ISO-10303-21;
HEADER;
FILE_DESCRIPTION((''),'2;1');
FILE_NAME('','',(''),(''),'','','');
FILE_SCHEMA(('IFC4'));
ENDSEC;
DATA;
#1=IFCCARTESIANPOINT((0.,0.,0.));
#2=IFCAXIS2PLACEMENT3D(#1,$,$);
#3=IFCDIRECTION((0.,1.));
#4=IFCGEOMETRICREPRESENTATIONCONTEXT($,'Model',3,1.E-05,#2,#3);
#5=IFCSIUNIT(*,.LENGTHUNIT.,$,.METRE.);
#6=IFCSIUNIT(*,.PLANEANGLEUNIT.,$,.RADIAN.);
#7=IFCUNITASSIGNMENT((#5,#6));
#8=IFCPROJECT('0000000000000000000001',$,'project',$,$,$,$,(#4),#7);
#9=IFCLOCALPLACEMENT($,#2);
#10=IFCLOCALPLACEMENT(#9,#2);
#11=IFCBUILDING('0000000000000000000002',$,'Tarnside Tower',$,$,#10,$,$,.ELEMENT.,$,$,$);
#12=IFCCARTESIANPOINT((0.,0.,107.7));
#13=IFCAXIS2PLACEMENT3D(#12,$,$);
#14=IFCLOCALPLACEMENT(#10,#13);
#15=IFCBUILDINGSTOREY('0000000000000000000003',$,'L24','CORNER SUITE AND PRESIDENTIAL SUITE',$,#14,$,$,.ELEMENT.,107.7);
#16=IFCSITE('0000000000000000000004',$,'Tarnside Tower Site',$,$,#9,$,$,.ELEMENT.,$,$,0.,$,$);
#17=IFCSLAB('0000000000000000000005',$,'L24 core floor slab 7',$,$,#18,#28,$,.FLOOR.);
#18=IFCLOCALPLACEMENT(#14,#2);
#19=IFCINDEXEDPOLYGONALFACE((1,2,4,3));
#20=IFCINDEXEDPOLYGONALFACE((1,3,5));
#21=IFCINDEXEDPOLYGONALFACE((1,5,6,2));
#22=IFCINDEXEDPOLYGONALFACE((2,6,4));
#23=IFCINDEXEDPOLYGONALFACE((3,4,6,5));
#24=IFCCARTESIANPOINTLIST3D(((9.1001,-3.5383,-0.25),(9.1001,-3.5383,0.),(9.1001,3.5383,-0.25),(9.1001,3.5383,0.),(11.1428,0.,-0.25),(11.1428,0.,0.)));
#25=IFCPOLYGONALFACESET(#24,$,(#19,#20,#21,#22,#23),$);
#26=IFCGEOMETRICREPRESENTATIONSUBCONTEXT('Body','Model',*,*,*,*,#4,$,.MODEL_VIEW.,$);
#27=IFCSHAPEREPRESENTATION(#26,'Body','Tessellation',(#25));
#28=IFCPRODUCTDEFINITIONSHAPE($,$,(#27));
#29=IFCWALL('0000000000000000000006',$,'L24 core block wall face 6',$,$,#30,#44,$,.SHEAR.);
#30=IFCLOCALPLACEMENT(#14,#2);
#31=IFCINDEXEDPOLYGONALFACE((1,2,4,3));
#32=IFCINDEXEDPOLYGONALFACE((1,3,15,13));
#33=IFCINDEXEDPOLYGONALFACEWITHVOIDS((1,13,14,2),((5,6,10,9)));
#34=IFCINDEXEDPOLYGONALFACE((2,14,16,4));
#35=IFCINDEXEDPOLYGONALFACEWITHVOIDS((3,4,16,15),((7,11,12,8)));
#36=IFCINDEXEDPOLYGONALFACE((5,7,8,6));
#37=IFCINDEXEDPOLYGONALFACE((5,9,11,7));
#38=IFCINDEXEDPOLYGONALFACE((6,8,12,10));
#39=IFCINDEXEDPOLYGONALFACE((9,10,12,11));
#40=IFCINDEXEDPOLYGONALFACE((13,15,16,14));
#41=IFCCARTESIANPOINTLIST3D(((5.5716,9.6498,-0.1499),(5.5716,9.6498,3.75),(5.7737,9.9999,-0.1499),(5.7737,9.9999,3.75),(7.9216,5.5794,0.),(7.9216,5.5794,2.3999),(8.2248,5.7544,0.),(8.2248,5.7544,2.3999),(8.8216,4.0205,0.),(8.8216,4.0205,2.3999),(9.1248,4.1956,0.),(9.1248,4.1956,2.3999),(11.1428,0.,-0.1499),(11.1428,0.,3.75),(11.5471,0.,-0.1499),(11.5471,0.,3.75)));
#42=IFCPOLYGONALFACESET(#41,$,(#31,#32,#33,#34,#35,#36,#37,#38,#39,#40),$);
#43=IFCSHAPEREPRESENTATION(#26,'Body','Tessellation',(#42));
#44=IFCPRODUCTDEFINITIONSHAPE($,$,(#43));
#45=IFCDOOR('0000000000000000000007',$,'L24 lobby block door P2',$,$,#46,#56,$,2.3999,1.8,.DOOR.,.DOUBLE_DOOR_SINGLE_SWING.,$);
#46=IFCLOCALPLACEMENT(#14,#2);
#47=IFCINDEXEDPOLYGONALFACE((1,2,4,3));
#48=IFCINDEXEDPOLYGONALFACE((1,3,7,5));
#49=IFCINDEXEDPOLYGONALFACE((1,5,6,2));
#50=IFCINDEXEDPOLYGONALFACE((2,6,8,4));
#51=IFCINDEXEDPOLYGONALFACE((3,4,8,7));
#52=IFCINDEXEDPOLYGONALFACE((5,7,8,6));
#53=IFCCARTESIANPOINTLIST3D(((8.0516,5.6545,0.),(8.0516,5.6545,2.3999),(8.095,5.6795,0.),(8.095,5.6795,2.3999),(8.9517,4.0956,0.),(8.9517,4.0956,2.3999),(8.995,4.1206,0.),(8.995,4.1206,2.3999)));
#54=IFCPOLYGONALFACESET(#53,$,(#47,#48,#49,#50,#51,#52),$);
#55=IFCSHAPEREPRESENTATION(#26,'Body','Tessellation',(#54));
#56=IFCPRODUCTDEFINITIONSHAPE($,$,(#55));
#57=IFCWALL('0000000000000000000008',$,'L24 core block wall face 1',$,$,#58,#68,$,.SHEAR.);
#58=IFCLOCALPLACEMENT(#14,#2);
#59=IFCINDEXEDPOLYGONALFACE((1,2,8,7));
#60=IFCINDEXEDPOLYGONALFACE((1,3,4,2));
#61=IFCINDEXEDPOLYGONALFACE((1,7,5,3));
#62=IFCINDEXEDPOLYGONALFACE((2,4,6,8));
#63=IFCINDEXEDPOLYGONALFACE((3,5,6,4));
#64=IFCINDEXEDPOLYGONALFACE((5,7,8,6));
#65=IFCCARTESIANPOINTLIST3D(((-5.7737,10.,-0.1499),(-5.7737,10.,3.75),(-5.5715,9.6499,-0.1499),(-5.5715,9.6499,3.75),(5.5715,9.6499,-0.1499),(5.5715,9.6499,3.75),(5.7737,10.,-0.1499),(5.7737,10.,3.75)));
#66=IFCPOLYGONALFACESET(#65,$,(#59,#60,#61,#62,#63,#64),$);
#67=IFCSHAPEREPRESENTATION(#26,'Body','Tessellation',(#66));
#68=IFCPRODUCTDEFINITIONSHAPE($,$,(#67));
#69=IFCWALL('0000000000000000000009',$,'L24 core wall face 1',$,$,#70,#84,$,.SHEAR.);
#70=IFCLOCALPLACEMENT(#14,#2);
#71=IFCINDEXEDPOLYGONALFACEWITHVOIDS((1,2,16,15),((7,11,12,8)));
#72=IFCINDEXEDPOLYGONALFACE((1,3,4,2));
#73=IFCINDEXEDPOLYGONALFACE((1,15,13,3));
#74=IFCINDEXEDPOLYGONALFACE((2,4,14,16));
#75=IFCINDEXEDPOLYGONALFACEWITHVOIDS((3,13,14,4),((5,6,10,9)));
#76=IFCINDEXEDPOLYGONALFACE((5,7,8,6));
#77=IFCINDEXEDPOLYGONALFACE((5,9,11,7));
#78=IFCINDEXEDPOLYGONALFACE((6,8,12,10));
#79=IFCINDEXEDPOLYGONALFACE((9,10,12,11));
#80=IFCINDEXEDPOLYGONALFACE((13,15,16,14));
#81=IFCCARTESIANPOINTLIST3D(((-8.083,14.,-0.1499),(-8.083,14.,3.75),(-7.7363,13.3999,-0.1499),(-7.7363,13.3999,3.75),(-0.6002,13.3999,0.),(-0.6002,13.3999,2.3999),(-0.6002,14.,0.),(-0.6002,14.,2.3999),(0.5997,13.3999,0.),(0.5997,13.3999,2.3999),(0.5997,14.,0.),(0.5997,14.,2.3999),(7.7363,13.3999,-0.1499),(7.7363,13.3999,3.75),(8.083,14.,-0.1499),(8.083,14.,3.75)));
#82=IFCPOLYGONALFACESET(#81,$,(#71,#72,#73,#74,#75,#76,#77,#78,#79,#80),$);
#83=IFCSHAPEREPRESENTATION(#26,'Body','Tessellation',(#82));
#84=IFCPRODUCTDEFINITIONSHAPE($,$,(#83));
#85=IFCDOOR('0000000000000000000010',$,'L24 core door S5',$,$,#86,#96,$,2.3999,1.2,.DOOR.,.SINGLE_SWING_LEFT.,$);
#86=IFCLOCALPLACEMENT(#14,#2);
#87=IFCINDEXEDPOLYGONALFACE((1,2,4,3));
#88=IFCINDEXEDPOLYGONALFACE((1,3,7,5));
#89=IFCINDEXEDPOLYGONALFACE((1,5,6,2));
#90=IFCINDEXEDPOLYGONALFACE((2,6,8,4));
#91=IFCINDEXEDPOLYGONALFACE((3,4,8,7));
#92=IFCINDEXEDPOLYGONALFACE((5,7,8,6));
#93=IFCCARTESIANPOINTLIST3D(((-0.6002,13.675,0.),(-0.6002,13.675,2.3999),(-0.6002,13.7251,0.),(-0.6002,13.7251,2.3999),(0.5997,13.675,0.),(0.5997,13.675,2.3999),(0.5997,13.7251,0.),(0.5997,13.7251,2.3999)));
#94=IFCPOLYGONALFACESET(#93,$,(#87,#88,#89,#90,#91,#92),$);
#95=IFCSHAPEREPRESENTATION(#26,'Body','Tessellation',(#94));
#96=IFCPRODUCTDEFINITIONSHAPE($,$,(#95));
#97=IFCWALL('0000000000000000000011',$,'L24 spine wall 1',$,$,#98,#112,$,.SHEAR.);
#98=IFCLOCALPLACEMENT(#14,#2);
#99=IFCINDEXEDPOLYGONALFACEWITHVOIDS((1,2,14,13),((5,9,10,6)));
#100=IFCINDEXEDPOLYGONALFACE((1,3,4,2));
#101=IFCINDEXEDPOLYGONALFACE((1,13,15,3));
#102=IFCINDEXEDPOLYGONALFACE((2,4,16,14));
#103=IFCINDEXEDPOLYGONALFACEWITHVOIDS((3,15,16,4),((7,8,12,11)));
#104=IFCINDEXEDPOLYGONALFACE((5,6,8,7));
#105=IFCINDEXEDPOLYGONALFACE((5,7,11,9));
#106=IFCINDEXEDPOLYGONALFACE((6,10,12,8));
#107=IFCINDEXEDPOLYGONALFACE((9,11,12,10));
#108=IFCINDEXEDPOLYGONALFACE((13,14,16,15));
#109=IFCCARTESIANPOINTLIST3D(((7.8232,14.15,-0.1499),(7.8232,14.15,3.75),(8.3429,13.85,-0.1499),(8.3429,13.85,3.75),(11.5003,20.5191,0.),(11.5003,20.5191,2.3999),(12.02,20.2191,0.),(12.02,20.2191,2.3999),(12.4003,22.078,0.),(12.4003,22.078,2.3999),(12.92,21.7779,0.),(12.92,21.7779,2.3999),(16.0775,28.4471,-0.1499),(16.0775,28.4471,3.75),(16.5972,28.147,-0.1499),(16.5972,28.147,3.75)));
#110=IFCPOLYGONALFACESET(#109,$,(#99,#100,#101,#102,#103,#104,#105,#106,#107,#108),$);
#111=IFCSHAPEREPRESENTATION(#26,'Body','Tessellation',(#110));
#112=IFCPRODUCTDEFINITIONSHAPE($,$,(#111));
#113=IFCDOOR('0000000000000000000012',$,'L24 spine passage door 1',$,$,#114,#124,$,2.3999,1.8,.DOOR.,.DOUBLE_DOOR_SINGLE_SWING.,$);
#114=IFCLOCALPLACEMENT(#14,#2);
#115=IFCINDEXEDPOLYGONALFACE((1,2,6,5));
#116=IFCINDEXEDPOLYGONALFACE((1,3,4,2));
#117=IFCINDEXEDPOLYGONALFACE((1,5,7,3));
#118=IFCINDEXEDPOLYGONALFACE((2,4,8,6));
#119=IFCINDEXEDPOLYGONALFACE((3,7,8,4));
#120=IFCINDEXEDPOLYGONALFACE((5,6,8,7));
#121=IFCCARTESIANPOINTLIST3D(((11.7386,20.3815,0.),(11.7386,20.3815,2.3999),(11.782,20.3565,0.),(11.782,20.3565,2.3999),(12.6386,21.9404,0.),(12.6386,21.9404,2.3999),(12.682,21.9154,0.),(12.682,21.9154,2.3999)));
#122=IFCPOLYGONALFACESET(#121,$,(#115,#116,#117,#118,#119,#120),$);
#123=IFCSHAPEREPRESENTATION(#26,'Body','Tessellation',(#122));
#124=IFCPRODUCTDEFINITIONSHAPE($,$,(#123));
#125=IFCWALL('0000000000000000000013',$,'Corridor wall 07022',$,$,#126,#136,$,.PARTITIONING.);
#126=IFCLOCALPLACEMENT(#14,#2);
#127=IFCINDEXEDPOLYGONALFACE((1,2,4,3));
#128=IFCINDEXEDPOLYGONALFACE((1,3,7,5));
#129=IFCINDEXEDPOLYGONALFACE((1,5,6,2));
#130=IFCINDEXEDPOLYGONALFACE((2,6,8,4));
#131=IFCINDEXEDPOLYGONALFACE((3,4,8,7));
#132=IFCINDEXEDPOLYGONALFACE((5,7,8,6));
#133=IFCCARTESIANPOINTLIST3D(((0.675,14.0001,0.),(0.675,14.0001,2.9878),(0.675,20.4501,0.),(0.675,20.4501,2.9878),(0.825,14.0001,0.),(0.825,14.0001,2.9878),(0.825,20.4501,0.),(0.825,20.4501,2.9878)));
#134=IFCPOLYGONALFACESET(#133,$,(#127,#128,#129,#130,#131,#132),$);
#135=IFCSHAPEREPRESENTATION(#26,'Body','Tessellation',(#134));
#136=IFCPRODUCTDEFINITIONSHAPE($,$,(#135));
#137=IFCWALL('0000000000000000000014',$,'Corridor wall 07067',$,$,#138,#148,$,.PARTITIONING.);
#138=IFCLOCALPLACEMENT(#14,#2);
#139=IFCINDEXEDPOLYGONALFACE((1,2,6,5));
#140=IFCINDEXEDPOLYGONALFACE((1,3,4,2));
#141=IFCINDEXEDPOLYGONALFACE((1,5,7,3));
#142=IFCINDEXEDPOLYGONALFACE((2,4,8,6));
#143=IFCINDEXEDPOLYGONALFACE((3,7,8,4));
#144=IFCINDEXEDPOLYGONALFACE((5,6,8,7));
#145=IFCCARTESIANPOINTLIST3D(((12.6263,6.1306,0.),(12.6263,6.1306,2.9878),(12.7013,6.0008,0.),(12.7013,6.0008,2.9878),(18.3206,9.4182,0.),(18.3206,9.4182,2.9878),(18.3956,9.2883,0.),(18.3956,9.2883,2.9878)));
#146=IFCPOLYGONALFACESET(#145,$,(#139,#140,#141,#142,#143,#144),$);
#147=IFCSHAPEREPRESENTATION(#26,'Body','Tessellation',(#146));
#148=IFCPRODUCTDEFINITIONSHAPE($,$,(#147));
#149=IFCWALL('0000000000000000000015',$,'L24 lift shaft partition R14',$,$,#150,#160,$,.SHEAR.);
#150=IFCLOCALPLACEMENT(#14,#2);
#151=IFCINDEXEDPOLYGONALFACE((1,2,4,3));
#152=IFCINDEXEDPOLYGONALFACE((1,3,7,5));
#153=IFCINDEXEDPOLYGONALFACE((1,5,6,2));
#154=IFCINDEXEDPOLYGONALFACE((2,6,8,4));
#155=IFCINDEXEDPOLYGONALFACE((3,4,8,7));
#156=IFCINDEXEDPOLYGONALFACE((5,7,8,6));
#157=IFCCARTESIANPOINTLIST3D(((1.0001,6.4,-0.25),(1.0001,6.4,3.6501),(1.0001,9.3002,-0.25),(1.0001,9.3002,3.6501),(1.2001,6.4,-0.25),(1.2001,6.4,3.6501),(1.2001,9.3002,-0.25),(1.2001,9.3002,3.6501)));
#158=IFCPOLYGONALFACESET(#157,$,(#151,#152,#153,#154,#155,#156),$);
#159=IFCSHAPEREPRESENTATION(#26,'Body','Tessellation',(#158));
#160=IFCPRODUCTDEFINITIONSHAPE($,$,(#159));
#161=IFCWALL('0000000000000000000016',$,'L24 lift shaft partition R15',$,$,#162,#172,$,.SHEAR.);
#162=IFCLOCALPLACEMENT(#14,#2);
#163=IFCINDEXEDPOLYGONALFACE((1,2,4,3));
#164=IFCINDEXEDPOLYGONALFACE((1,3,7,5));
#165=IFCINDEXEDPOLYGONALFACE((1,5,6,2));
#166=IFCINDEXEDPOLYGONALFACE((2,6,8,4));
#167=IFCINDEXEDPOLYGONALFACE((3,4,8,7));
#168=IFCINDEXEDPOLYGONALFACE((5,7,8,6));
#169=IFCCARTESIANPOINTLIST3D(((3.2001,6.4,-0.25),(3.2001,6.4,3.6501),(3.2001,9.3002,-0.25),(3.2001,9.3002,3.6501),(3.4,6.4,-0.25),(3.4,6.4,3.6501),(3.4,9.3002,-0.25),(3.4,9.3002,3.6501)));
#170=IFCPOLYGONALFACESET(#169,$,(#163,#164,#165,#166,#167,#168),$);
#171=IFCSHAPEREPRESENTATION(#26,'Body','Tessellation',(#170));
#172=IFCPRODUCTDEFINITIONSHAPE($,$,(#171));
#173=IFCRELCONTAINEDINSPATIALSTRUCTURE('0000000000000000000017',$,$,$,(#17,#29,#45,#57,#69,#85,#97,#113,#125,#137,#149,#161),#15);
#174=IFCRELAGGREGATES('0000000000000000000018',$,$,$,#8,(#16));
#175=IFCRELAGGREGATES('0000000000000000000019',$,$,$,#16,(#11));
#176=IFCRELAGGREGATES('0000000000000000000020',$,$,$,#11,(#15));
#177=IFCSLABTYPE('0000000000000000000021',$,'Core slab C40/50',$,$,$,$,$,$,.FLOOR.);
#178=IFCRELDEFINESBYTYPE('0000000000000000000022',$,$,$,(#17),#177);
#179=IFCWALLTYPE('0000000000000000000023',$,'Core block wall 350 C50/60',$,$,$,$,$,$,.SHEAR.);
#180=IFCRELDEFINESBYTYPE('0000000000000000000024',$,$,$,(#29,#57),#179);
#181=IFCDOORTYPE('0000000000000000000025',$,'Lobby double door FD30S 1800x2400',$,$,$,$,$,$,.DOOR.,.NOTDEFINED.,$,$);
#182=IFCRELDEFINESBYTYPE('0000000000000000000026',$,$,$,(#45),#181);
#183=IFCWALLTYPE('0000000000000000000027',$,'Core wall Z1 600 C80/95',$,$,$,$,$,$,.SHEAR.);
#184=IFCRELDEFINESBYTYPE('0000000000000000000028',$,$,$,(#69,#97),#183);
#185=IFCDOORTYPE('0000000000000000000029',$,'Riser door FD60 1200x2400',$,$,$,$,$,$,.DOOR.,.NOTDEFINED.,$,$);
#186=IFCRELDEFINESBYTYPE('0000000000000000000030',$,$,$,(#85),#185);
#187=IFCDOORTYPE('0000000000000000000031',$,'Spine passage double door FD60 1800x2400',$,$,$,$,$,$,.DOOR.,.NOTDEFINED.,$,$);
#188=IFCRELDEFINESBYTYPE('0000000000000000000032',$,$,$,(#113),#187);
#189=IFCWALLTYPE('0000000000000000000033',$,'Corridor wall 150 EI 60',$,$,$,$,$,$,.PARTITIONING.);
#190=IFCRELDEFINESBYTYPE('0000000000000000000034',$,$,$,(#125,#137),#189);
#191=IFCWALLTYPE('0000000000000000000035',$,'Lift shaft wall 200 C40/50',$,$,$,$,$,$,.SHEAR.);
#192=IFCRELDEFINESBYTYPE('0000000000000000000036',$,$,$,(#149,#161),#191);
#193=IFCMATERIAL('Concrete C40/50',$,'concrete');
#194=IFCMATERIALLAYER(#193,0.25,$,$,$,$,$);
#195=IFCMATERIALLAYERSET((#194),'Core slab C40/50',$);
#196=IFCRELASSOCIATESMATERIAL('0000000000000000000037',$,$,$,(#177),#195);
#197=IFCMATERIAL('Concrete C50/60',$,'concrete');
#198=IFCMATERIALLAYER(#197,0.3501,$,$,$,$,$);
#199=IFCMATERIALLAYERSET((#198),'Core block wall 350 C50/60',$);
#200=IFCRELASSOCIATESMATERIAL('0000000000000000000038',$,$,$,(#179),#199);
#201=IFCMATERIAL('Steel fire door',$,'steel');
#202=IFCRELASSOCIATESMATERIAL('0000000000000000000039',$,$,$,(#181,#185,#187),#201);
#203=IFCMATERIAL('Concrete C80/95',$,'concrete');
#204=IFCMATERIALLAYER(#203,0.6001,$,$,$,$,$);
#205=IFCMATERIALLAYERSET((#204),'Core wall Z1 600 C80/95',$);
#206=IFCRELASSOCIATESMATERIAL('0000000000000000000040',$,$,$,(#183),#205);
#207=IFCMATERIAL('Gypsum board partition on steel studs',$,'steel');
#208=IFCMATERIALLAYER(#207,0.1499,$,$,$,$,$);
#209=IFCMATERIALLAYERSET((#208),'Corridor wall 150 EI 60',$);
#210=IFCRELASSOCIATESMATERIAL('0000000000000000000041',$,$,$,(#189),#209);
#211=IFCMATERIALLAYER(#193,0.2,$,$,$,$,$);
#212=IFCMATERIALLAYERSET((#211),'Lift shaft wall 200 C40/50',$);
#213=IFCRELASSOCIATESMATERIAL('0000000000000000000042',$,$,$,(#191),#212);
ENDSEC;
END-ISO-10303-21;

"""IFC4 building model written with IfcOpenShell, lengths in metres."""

from ifc_helpers import new_model, si_unit, direction, frame, frame_2d, origin, place, context, subcontext, project, spatial, polyline, rectangle, outline, extrude, material, layer, layer_set, type_object, element, fill, save


model = new_model("IFC4")

# Units and contexts
model_context = context("Model", 3, precision=1e-05, world=origin(), true_north=direction((0.0, 1.0)))
body_context = subcontext(model_context, "Body", "Model", "MODEL_VIEW")
ifc_project = project(units=[si_unit("LENGTHUNIT", "METRE"), si_unit("PLANEANGLEUNIT", "RADIAN")], contexts=[model_context])

# Site, building, storey
site_placement = place(None, origin())
site = spatial("IfcSite", under=ifc_project, at=site_placement, Name="Tarnside Tower Site", CompositionType="ELEMENT", RefElevation=0.0)
building_placement = place(site_placement, origin())
building = spatial("IfcBuilding", under=site, at=building_placement, Name="Tarnside Tower", CompositionType="ELEMENT")
storey_placement = place(building_placement, frame((0.0, 0.0, 107.7)))
storey = spatial("IfcBuildingStorey", under=building, at=storey_placement, Name="L24", Description="CORNER SUITE AND PRESIDENTIAL SUITE", CompositionType="ELEMENT", Elevation=107.7)

# Slab
ifc_material_1 = material(Name="Concrete C40/50", Category="concrete")
ifc_layer_1 = layer(ifc_material_1, 0.25)
ifc_layer_set_1 = layer_set([ifc_layer_1], Name="Core slab C40/50")
slab_type = type_object("IfcSlabType", Name="Core slab C40/50", PredefinedType="FLOOR", material=ifc_layer_set_1)
slab_placement = place(storey_placement, frame((0.0, 0.0, -0.25)))
element("IfcSlab", 1, at=slab_placement, inside=storey, type_object=slab_type, Name="L24 core floor slab 7", PredefinedType="FLOOR", context=body_context, shape_type="SweptSolid", body=[
    extrude(outline(polyline([(9.1001, -3.5383), (9.1001, 3.5383), (11.1428, 0.0), (9.1001, -3.5383)])), origin(), (0.0, 0.0, 1.0), 0.25),
])

# Wall, opening, door
ifc_material_2 = material(Name="Concrete C50/60", Category="concrete")
ifc_layer_2 = layer(ifc_material_2, 0.3501)
ifc_layer_set_2 = layer_set([ifc_layer_2], Name="Core block wall 350 C50/60")
wall_type_1 = type_object("IfcWallType", Name="Core block wall 350 C50/60", PredefinedType="SHEAR", material=ifc_layer_set_2)
wall_1_placement = place(storey_placement, frame((11.345, 0.0, -0.1499), z_axis=(0.0, 0.0, 1.0), x_axis=(-0.499995, 0.866028, 0.0)))
wall_1 = element("IfcWall", 2, at=wall_1_placement, inside=storey, type_object=wall_type_1, Name="L24 core block wall face 6", PredefinedType="SHEAR", context=body_context, shape_type="SweptSolid", body=[
    extrude(outline(polyline([(-0.1011, -0.175), (11.4458, -0.175), (11.2437, 0.175), (0.1011, 0.175), (-0.1011, -0.175)])), origin(), (0.0, 0.0, 1.0), 3.8999),
])
opening_1_placement = place(wall_1_placement, frame((4.7437, 0.0, 0.1499)))
opening_1 = element("IfcOpeningElement", 3, at=opening_1_placement, cuts=wall_1, PredefinedType="OPENING", context=body_context, shape_type="SweptSolid", body=[
    extrude(rectangle(XDim=1.8, YDim=2.3999, at=frame_2d((0.8999, 1.2))), frame((0.0, 0.1851, 0.0), z_axis=(0.0, -1.0, 0.0), x_axis=(1.0, 0.0, 0.0)), (0.0, 0.0, 1.0), 0.3701),
])
ifc_material_3 = material(Name="Steel fire door", Category="steel")
door_type_1 = type_object("IfcDoorType", Name="Lobby double door FD30S 1800x2400", OperationType="NOTDEFINED", PredefinedType="DOOR", material=ifc_material_3)
door_1_placement = place(opening_1_placement, origin())
door_1 = element("IfcDoor", 4, at=door_1_placement, inside=storey, type_object=door_type_1, Name="L24 lobby block door P2", OperationType="DOUBLE_DOOR_SINGLE_SWING", OverallHeight=2.3999, OverallWidth=1.8, PredefinedType="DOOR", context=body_context, shape_type="SweptSolid", body=[
    extrude(rectangle(XDim=1.8, YDim=2.3999, at=frame_2d((0.8999, 1.2))), frame((0.0, 0.0249, 0.0), z_axis=(0.0, -1.0, 0.0), x_axis=(1.0, 0.0, 0.0)), (0.0, 0.0, 1.0), 0.05),
])
fill(opening_1, door_1)

# Wall
wall_2_placement = place(storey_placement, frame((5.6726, 9.825, -0.1499), z_axis=(0.0, 0.0, 1.0), x_axis=(-1.0, 0.0, 0.0)))
element("IfcWall", 5, at=wall_2_placement, inside=storey, type_object=wall_type_1, Name="L24 core block wall face 1", PredefinedType="SHEAR", context=body_context, shape_type="SweptSolid", body=[
    extrude(outline(polyline([(-0.1011, -0.175), (11.4463, -0.175), (11.2441, 0.175), (0.1011, 0.175), (-0.1011, -0.175)])), origin(), (0.0, 0.0, 1.0), 3.8999),
])

# Walls, openings, doors
ifc_material_4 = material(Name="Concrete C80/95", Category="concrete")
ifc_layer_3 = layer(ifc_material_4, 0.6001)
ifc_layer_set_3 = layer_set([ifc_layer_3], Name="Core wall Z1 600 C80/95")
wall_type_2 = type_object("IfcWallType", Name="Core wall Z1 600 C80/95", PredefinedType="SHEAR", material=ifc_layer_set_3)
wall_3_placement = place(storey_placement, frame((7.9097, 13.7, -0.1499), z_axis=(0.0, 0.0, 1.0), x_axis=(-1.0, 0.0, 0.0)))
wall_3 = element("IfcWall", 6, at=wall_3_placement, inside=storey, type_object=wall_type_2, Name="L24 core wall face 1", PredefinedType="SHEAR", context=body_context, shape_type="SweptSolid", body=[
    extrude(outline(polyline([(-0.1733, -0.3), (15.9927, -0.3), (15.646, 0.3), (0.1733, 0.3), (-0.1733, -0.3)])), origin(), (0.0, 0.0, 1.0), 3.8999),
])
opening_2_placement = place(wall_3_placement, frame((7.3098, 0.0, 0.1499)))
opening_2 = element("IfcOpeningElement", 7, at=opening_2_placement, cuts=wall_3, PredefinedType="OPENING", context=body_context, shape_type="SweptSolid", body=[
    extrude(rectangle(XDim=1.2, YDim=2.3999, at=frame_2d((0.6001, 1.2))), frame((0.0, 0.3101, 0.0), z_axis=(0.0, -1.0, 0.0), x_axis=(1.0, 0.0, 0.0)), (0.0, 0.0, 1.0), 0.6201),
])
door_type_2 = type_object("IfcDoorType", Name="Riser door FD60 1200x2400", OperationType="NOTDEFINED", PredefinedType="DOOR", material=ifc_material_3)
door_2_placement = place(opening_2_placement, origin())
door_2 = element("IfcDoor", 8, at=door_2_placement, inside=storey, type_object=door_type_2, Name="L24 core door S5", OperationType="SINGLE_SWING_LEFT", OverallHeight=2.3999, OverallWidth=1.2, PredefinedType="DOOR", context=body_context, shape_type="SweptSolid", body=[
    extrude(rectangle(XDim=1.2, YDim=2.3999, at=frame_2d((0.6001, 1.2))), frame((0.0, 0.0249, 0.0), z_axis=(0.0, -1.0, 0.0), x_axis=(1.0, 0.0, 0.0)), (0.0, 0.0, 1.0), 0.05),
])
fill(opening_2, door_2)
wall_4_placement = place(storey_placement, frame((8.083, 14.0, -0.1499), z_axis=(0.0, 0.0, 1.0), x_axis=(0.499998, 0.866027, 0.0)))
wall_4 = element("IfcWall", 9, at=wall_4_placement, inside=storey, type_object=wall_type_2, Name="L24 spine wall 1", PredefinedType="SHEAR", context=body_context, shape_type="SweptSolid", body=[
    extrude(rectangle(XDim=16.5088, YDim=0.6001, at=frame_2d((8.2544, 0.0))), origin(), (0.0, 0.0, 1.0), 3.8999),
])
opening_3_placement = place(wall_4_placement, frame((7.3545, 0.0, 0.1499)))
opening_3 = element("IfcOpeningElement", 10, at=opening_3_placement, cuts=wall_4, PredefinedType="OPENING", context=body_context, shape_type="SweptSolid", body=[
    extrude(rectangle(XDim=1.8, YDim=2.3999, at=frame_2d((0.8999, 1.2))), frame((0.0, 0.3101, 0.0), z_axis=(0.0, -1.0, 0.0), x_axis=(1.0, 0.0, 0.0)), (0.0, 0.0, 1.0), 0.6201),
])
door_type_3 = type_object("IfcDoorType", Name="Spine passage double door FD60 1800x2400", OperationType="NOTDEFINED", PredefinedType="DOOR", material=ifc_material_3)
door_3_placement = place(opening_3_placement, origin())
door_3 = element("IfcDoor", 11, at=door_3_placement, inside=storey, type_object=door_type_3, Name="L24 spine passage door 1", OperationType="DOUBLE_DOOR_SINGLE_SWING", OverallHeight=2.3999, OverallWidth=1.8, PredefinedType="DOOR", context=body_context, shape_type="SweptSolid", body=[
    extrude(rectangle(XDim=1.8, YDim=2.3999, at=frame_2d((0.8999, 1.2))), frame((0.0, 0.0249, 0.0), z_axis=(0.0, -1.0, 0.0), x_axis=(1.0, 0.0, 0.0)), (0.0, 0.0, 1.0), 0.05),
])
fill(opening_3, door_3)

# Walls
ifc_material_5 = material(Name="Gypsum board partition on steel studs", Category="steel")
ifc_layer_4 = layer(ifc_material_5, 0.1499)
ifc_layer_set_4 = layer_set([ifc_layer_4], Name="Corridor wall 150 EI 60")
wall_type_3 = type_object("IfcWallType", Name="Corridor wall 150 EI 60", PredefinedType="PARTITIONING", material=ifc_layer_set_4)
wall_5_placement = place(storey_placement, frame((0.75, 14.0, 0.0), z_axis=(0.0, 0.0, 1.0), x_axis=(0.0, 1.0, 0.0)))
element("IfcWall", 12, at=wall_5_placement, inside=storey, type_object=wall_type_3, Name="Corridor wall 07022", PredefinedType="PARTITIONING", context=body_context, shape_type="SweptSolid", body=[
    extrude(rectangle(XDim=6.45, YDim=0.1499, at=frame_2d((3.2251, 0.0))), origin(), (0.0, 0.0, 1.0), 2.9878),
])
wall_6_placement = place(storey_placement, frame((12.6638, 6.0657, 0.0), z_axis=(0.0, 0.0, 1.0), x_axis=(0.866027, 0.499997, 0.0)))
element("IfcWall", 13, at=wall_6_placement, inside=storey, type_object=wall_type_3, Name="Corridor wall 07067", PredefinedType="PARTITIONING", context=body_context, shape_type="SweptSolid", body=[
    extrude(rectangle(XDim=6.5752, YDim=0.1499, at=frame_2d((3.2876, 0.0))), origin(), (0.0, 0.0, 1.0), 2.9878),
])
ifc_layer_5 = layer(ifc_material_1, 0.2)
ifc_layer_set_5 = layer_set([ifc_layer_5], Name="Lift shaft wall 200 C40/50")
wall_type_4 = type_object("IfcWallType", Name="Lift shaft wall 200 C40/50", PredefinedType="SHEAR", material=ifc_layer_set_5)
for number, where, z_axis, x_axis, name in (
    (14, (1.1001, 6.3999, -0.25), (0.0, 0.0, 1.0), (0.0, 1.0, 0.0), "L24 lift shaft partition R14"),
    (15, (3.3, 6.3999, -0.25), (0.0, 0.0, 1.0), (0.0, 1.0, 0.0), "L24 lift shaft partition R15"),
):
    element("IfcWall", number, at=place(storey_placement, frame(where, z_axis=z_axis, x_axis=x_axis)), inside=storey, type_object=wall_type_4, Name=name, PredefinedType="SHEAR", context=body_context, shape_type="SweptSolid", body=[
        extrude(rectangle(XDim=2.9001, YDim=0.2, at=frame_2d((1.4502, 0.0))), origin(), (0.0, 0.0, 1.0), 3.9001),
    ])

save(model, "model.ifc")
